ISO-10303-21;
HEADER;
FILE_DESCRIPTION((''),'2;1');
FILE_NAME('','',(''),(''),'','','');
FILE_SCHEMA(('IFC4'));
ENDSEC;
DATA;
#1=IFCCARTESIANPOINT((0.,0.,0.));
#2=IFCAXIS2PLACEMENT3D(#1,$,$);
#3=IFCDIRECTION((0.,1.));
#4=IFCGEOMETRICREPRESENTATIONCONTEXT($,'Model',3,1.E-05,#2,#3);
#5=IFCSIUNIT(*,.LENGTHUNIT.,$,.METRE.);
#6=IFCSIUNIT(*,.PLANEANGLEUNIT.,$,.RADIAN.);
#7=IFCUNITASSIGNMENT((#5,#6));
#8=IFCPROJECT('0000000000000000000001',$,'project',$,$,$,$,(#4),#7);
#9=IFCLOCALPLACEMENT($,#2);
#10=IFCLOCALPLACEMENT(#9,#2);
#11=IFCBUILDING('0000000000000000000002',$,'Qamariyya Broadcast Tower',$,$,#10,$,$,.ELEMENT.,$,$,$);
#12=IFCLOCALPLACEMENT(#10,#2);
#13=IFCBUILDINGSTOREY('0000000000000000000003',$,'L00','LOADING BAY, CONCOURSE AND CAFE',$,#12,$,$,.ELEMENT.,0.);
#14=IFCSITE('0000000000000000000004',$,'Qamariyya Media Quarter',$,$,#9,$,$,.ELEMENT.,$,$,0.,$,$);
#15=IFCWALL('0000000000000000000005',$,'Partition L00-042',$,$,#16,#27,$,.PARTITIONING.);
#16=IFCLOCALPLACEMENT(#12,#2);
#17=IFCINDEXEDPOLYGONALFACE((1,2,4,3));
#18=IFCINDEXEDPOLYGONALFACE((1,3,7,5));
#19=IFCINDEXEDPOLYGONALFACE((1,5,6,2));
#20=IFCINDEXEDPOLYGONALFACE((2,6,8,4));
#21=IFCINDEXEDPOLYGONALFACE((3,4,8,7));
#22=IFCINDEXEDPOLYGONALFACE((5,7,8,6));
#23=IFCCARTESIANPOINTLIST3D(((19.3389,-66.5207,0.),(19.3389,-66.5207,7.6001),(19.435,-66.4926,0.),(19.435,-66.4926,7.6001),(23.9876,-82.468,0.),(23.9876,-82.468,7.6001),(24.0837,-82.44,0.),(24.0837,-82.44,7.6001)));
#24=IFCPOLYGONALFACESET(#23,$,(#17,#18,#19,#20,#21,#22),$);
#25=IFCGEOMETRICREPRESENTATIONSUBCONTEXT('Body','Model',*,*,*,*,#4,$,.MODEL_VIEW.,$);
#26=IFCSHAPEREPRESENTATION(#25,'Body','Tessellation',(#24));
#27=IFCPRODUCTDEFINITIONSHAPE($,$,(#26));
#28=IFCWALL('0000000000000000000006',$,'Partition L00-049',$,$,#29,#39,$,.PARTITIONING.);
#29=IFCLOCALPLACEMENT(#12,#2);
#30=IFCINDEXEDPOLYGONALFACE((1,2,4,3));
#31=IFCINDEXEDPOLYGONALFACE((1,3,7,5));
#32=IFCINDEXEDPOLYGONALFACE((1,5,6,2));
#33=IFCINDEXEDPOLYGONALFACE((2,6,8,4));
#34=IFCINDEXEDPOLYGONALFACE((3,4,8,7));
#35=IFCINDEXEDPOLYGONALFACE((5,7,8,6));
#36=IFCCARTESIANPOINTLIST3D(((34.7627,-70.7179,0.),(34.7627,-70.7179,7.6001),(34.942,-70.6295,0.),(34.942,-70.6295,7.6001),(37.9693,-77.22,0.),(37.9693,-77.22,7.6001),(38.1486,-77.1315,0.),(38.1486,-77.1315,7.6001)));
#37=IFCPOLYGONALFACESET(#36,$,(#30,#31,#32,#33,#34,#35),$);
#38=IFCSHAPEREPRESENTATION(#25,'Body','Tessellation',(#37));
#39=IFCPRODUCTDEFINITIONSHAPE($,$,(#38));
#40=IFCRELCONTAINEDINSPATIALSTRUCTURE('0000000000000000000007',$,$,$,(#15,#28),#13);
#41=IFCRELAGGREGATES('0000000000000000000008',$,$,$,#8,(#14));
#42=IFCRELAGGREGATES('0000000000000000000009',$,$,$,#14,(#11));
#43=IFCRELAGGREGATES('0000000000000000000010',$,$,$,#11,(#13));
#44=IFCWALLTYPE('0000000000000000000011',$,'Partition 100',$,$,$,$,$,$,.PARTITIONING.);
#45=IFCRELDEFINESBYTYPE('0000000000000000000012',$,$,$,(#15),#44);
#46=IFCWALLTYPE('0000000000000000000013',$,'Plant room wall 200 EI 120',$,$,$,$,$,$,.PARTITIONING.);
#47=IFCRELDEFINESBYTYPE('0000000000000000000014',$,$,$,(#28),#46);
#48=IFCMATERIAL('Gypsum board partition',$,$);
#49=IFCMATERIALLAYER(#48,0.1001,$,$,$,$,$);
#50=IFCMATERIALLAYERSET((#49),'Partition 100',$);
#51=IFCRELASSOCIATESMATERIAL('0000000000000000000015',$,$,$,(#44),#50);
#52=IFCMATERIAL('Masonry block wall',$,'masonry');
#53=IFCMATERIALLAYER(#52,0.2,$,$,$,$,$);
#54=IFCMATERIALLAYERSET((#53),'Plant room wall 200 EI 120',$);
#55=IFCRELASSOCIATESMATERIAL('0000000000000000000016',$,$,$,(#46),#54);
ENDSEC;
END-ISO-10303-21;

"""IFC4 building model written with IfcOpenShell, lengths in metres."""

from ifc_helpers import new_model, si_unit, direction, frame, frame_2d, origin, place, context, subcontext, project, spatial, rectangle, extrude, material, layer, layer_set, type_object, element, save


model = new_model("IFC4")

# Units and contexts
model_context = context("Model", 3, precision=1e-05, world=origin(), true_north=direction((0.0, 1.0)))
body_context = subcontext(model_context, "Body", "Model", "MODEL_VIEW")
ifc_project = project(units=[si_unit("LENGTHUNIT", "METRE"), si_unit("PLANEANGLEUNIT", "RADIAN")], contexts=[model_context])

# Site, building, storey
site_placement = place(None, origin())
site = spatial("IfcSite", under=ifc_project, at=site_placement, Name="Qamariyya Media Quarter", CompositionType="ELEMENT", RefElevation=0.0)
building_placement = place(site_placement, origin())
building = spatial("IfcBuilding", under=site, at=building_placement, Name="Qamariyya Broadcast Tower", CompositionType="ELEMENT")
storey_placement = place(building_placement, origin())
storey = spatial("IfcBuildingStorey", under=building, at=storey_placement, Name="L00", Description="LOADING BAY, CONCOURSE AND CAFE", CompositionType="ELEMENT", Elevation=0.0)

# Shared definitions
ifc_material_1 = material(Name="Gypsum board partition")

# Walls
ifc_layer_1 = layer(ifc_material_1, 0.1001)
ifc_layer_set_1 = layer_set([ifc_layer_1], Name="Partition 100")
wall_type_1 = type_object("IfcWallType", Name="Partition 100", PredefinedType="PARTITIONING", material=ifc_layer_set_1)
wall_1_placement = place(storey_placement, frame((24.0356, -82.4541, 0.0), z_axis=(0.0, 0.0, 1.0), x_axis=(-0.279856, 0.960042, 0.0)))
element("IfcWall", 1, at=wall_1_placement, inside=storey, type_object=wall_type_1, Name="Partition L00-042", PredefinedType="PARTITIONING", context=body_context, shape_type="SweptSolid", body=[
    extrude(rectangle(XDim=16.6111, YDim=0.1001, at=frame_2d((8.3057, 0.0))), origin(), (0.0, 0.0, 1.0), 7.6001),
])
ifc_material_2 = material(Name="Masonry block wall", Category="masonry")
ifc_layer_2 = layer(ifc_material_2, 0.2)
ifc_layer_set_2 = layer_set([ifc_layer_2], Name="Plant room wall 200 EI 120")
wall_type_2 = type_object("IfcWallType", Name="Plant room wall 200 EI 120", PredefinedType="PARTITIONING", material=ifc_layer_set_2)
wall_2_placement = place(storey_placement, frame((34.8523, -70.6736, 0.0), z_axis=(0.0, 0.0, 1.0), x_axis=(0.442304, -0.896865, 0.0)))
element("IfcWall", 2, at=wall_2_placement, inside=storey, type_object=wall_type_2, Name="Partition L00-049", PredefinedType="PARTITIONING", context=body_context, shape_type="SweptSolid", body=[
    extrude(rectangle(XDim=7.2498, YDim=0.2, at=frame_2d((3.625, 0.0))), origin(), (0.0, 0.0, 1.0), 7.6001),
])

save(model, "model.ifc")
